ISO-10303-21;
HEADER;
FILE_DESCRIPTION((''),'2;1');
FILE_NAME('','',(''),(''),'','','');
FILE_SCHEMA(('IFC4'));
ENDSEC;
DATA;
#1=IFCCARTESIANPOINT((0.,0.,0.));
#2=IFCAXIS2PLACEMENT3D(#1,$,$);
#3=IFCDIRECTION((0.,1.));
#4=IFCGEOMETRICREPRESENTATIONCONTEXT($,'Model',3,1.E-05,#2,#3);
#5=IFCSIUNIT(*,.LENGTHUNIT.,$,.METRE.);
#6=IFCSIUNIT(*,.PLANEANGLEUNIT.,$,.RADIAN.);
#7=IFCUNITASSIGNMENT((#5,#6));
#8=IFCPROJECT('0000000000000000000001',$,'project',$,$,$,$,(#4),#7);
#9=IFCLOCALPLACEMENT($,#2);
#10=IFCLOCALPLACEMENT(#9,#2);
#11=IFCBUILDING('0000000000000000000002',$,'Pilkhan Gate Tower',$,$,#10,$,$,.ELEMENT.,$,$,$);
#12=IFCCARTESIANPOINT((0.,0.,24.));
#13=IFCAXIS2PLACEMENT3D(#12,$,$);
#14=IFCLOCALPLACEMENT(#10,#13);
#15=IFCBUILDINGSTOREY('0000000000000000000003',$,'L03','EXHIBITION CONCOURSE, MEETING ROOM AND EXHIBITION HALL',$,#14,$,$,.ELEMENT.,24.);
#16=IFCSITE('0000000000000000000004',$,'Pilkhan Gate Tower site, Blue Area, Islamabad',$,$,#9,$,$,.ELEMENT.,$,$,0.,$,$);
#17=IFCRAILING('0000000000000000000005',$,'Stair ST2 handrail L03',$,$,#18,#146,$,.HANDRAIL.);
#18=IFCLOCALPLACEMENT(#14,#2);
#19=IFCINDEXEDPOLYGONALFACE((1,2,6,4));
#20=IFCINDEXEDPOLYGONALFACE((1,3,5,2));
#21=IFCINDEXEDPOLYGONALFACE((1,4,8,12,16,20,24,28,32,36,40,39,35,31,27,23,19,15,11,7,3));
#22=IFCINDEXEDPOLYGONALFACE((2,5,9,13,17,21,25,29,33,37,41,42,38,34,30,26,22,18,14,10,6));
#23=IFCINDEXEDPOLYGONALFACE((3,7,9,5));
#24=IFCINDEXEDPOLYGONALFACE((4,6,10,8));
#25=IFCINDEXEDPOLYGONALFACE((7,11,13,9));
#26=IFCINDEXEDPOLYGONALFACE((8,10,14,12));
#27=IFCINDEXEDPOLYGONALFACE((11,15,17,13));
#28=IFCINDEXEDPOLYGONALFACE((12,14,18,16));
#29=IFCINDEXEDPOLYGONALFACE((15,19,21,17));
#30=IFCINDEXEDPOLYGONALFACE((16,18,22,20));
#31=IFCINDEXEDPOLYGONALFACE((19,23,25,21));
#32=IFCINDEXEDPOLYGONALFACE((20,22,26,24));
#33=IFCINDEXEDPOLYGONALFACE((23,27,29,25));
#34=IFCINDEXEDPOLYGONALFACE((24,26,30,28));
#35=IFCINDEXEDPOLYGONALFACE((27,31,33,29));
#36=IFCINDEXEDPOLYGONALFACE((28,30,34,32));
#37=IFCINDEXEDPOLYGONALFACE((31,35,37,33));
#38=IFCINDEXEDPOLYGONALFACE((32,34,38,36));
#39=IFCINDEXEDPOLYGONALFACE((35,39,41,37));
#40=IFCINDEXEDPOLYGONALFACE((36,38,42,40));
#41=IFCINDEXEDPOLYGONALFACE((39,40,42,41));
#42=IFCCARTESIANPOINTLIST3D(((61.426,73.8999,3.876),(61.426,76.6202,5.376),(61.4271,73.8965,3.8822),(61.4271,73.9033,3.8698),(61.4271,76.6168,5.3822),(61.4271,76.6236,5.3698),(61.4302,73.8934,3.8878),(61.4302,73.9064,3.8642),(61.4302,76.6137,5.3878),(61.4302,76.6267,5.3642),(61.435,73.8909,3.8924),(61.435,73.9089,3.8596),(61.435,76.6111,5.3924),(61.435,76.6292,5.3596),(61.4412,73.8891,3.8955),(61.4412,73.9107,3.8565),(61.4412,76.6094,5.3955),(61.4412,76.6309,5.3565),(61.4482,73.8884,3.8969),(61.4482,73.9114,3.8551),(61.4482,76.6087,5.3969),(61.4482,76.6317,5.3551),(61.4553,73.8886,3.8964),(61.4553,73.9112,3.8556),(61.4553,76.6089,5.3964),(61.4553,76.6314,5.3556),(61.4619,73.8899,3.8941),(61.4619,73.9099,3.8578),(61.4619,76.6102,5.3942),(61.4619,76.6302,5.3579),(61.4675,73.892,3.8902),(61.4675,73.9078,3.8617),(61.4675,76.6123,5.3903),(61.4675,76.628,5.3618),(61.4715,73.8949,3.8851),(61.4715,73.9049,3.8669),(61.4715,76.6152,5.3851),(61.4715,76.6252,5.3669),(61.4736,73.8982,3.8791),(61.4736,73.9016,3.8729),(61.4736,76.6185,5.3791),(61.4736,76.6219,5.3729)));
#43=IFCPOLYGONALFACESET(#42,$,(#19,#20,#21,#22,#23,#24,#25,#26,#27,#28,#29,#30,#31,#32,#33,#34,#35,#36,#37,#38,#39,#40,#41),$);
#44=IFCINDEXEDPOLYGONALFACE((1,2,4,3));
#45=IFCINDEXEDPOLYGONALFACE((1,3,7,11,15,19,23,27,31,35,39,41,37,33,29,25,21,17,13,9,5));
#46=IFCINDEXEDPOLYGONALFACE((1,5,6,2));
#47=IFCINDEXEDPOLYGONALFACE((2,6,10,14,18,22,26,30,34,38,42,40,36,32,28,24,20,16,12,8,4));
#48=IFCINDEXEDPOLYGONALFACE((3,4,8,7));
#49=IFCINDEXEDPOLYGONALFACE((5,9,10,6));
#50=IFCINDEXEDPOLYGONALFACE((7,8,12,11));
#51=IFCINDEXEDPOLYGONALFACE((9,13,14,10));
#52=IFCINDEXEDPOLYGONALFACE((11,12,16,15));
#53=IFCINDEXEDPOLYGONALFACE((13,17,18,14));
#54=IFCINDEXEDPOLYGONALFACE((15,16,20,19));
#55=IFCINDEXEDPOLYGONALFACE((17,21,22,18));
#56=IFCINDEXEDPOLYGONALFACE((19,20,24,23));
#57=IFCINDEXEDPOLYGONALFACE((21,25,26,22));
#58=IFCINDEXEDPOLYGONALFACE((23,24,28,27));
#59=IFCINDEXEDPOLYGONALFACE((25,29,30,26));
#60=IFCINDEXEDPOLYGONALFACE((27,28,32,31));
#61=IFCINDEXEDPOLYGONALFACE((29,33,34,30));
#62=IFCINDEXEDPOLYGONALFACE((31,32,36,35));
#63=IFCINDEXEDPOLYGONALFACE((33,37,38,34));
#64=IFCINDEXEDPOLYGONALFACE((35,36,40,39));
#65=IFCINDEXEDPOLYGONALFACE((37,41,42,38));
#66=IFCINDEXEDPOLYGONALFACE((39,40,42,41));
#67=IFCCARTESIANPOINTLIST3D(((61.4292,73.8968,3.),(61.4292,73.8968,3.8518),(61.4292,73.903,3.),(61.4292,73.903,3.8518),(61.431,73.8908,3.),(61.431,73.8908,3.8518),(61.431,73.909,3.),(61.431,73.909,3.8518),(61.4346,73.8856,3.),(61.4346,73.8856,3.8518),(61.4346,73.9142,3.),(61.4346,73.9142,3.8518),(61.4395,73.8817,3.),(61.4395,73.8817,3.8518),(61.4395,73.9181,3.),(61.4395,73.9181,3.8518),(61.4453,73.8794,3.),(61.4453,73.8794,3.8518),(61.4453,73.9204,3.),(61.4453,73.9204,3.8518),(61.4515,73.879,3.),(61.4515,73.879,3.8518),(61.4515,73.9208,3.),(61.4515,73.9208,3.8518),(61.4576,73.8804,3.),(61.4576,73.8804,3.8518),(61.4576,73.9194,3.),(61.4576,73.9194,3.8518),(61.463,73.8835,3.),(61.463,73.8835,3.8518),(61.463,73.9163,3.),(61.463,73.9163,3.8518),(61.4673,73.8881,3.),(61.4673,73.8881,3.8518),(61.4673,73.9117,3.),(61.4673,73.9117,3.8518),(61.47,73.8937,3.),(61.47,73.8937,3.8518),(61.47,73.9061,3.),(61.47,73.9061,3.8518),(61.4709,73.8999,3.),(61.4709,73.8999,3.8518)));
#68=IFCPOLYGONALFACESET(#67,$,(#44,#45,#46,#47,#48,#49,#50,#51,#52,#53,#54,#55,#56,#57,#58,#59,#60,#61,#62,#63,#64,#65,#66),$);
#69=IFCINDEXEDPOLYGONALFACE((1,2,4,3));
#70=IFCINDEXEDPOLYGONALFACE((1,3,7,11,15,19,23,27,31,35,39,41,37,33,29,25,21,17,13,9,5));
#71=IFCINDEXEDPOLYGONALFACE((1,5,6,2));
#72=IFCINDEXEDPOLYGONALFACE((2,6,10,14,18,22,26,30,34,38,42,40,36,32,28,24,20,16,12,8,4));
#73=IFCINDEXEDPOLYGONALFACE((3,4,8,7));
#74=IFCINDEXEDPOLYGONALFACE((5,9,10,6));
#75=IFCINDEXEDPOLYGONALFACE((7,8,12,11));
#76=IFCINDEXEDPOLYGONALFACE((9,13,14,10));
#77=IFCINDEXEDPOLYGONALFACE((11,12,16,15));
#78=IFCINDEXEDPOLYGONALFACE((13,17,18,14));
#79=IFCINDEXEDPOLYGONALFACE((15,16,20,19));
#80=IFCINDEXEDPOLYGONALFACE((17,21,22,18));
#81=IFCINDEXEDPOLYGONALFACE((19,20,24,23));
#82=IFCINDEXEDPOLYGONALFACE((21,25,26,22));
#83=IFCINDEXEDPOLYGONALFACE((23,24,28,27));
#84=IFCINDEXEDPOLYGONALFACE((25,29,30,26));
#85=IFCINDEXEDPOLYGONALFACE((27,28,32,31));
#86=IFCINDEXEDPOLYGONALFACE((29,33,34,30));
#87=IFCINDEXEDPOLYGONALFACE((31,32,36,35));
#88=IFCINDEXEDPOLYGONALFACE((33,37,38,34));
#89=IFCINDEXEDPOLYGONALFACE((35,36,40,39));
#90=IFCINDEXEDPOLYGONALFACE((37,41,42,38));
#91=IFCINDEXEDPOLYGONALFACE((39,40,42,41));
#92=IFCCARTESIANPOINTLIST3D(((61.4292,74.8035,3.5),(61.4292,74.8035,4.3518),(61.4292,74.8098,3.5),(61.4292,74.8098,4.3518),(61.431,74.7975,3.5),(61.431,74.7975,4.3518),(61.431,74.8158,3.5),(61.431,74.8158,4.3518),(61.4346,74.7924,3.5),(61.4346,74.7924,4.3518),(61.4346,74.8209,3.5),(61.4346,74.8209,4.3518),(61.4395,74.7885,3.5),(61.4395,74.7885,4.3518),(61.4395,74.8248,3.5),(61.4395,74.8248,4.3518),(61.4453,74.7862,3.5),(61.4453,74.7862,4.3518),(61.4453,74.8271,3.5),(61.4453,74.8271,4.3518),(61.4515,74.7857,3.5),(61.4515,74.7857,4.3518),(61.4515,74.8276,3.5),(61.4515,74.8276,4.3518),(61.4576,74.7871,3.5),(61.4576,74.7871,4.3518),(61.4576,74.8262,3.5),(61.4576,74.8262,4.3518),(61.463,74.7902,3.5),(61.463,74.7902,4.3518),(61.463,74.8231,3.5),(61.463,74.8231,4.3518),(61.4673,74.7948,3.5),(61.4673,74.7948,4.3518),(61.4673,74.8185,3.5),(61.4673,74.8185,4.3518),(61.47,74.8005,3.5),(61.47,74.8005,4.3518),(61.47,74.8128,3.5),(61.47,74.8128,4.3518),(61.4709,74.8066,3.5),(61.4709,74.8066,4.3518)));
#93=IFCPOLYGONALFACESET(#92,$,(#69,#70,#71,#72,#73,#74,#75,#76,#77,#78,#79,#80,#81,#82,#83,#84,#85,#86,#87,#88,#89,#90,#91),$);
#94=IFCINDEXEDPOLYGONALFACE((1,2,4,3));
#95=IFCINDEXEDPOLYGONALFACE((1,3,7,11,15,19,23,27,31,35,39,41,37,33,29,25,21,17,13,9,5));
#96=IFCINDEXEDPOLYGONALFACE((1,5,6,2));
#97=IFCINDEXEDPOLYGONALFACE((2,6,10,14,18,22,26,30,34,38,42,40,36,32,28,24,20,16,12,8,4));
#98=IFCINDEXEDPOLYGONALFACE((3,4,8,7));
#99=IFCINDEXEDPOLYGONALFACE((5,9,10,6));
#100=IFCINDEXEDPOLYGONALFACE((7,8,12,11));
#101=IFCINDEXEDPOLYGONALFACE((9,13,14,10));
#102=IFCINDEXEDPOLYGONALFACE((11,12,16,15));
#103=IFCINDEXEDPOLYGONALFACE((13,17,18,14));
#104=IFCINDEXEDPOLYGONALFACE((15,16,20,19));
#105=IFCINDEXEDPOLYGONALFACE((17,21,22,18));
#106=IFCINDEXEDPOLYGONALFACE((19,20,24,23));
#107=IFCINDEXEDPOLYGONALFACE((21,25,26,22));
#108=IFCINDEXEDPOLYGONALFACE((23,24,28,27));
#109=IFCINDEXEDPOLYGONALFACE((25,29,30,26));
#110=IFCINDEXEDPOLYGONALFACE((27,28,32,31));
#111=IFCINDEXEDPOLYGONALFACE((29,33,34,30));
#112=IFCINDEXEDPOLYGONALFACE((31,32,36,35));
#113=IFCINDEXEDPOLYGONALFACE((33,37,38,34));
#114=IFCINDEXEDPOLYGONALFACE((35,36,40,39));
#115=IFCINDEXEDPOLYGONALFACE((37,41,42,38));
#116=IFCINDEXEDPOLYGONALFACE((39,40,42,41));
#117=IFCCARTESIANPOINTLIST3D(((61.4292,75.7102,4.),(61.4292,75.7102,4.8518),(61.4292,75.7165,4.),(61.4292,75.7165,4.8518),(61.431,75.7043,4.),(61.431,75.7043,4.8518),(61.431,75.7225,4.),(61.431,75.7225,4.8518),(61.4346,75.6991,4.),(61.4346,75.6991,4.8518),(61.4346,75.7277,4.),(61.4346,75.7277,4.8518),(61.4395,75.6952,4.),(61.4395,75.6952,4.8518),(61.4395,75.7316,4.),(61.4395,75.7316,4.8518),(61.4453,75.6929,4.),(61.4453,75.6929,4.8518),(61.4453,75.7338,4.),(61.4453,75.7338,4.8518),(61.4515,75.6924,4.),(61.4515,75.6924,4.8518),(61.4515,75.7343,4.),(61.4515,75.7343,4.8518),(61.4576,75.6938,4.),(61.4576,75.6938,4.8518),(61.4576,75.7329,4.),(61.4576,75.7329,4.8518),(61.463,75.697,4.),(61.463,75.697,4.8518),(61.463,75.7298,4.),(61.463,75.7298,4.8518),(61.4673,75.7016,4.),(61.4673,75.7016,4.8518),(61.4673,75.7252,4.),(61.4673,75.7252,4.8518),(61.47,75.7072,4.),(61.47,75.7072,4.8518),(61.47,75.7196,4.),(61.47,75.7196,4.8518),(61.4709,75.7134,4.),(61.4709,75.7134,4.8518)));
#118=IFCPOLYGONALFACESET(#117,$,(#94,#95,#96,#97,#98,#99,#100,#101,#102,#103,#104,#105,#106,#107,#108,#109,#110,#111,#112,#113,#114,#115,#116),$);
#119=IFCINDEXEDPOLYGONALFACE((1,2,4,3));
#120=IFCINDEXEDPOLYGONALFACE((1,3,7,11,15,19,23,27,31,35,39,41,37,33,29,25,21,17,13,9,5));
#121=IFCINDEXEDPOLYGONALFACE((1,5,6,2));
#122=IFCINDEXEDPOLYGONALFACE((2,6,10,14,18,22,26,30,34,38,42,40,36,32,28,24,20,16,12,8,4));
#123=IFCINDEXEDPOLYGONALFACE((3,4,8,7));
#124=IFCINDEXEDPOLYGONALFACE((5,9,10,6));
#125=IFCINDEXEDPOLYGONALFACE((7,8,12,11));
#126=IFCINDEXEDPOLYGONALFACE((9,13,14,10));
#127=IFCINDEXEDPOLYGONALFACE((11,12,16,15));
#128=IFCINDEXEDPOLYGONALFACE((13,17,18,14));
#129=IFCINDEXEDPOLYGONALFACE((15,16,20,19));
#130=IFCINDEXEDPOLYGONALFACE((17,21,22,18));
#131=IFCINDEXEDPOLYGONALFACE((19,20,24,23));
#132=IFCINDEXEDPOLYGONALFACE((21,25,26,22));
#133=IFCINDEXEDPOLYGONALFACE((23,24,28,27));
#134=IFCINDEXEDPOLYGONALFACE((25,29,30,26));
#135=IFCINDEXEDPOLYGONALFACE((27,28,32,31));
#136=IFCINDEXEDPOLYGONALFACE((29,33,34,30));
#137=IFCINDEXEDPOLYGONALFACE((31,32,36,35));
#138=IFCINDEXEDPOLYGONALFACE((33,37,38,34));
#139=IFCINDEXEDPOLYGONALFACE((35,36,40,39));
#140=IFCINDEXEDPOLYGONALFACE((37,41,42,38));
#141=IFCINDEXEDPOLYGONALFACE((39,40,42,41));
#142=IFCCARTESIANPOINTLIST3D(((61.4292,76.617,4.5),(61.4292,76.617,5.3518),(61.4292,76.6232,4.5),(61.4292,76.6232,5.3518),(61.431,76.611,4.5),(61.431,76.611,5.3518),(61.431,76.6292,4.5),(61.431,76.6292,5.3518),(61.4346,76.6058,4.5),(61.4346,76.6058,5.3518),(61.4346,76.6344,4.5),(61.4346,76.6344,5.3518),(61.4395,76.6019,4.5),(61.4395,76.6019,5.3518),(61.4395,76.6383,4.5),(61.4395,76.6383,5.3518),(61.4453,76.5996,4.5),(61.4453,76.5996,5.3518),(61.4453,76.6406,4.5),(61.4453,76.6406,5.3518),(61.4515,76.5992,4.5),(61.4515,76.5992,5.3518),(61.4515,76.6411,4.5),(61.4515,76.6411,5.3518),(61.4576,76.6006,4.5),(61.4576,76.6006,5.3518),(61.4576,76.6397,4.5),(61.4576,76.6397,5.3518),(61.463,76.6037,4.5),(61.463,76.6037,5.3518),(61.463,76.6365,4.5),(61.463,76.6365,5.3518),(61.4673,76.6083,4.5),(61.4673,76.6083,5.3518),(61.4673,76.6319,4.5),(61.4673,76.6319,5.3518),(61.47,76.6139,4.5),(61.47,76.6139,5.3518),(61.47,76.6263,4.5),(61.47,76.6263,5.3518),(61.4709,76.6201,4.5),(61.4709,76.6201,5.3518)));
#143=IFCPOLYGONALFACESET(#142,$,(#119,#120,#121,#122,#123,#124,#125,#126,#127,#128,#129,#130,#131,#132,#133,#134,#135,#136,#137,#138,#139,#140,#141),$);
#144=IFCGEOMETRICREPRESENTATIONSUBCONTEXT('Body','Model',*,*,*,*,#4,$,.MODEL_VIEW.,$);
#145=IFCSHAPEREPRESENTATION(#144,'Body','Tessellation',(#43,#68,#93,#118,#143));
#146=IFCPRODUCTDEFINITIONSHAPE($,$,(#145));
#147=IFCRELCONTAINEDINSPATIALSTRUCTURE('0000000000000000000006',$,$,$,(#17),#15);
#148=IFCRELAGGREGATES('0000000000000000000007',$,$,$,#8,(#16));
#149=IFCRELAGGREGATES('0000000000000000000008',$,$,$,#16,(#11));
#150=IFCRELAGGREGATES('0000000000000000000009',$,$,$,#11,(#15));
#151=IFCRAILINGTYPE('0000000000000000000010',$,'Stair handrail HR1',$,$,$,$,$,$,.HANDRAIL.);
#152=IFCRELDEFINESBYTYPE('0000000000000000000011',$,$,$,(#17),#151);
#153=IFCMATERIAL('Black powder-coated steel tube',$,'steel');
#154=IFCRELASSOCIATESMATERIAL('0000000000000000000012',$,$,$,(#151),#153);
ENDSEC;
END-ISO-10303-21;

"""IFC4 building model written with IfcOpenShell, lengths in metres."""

from ifc_helpers import new_model, si_unit, direction, frame, origin, origin_2d, place, context, subcontext, project, spatial, circle, extrude, material, type_object, element, save


model = new_model("IFC4")

# Units and contexts
model_context = context("Model", 3, precision=1e-05, world=origin(), true_north=direction((0.0, 1.0)))
body_context = subcontext(model_context, "Body", "Model", "MODEL_VIEW")
ifc_project = project(units=[si_unit("LENGTHUNIT", "METRE"), si_unit("PLANEANGLEUNIT", "RADIAN")], contexts=[model_context])

# Site, building, storey
site_placement = place(None, origin())
site = spatial("IfcSite", under=ifc_project, at=site_placement, Name="Pilkhan Gate Tower site, Blue Area, Islamabad", CompositionType="ELEMENT", RefElevation=0.0)
building_placement = place(site_placement, origin())
building = spatial("IfcBuilding", under=site, at=building_placement, Name="Pilkhan Gate Tower", CompositionType="ELEMENT")
storey_placement = place(building_placement, frame((0.0, 0.0, 24.0)))
storey = spatial("IfcBuildingStorey", under=building, at=storey_placement, Name="L03", Description="EXHIBITION CONCOURSE, MEETING ROOM AND EXHIBITION HALL", CompositionType="ELEMENT", Elevation=24.0)

# Railing
ifc_material_1 = material(Name="Black powder-coated steel tube", Category="steel")
railing_type_1 = type_object("IfcRailingType", Name="Stair handrail HR1", PredefinedType="HANDRAIL", material=ifc_material_1)
for number, where, name in (
    (1, (61.45, 73.8999, 3.0), "Stair ST2 handrail L03"),
):
    element("IfcRailing", number, at=place(storey_placement, frame(where)), inside=storey, type_object=railing_type_1, Name=name, PredefinedType="HANDRAIL", context=body_context, shape_type="SweptSolid", body=[
        extrude(circle(Radius=0.0239, at=origin_2d()), frame((0.0, 0.0, 0.876), z_axis=(0.0, 0.875688, 0.482878), x_axis=(-1.0, 0.0, 0.0)), (0.0, 0.0, 1.0), 3.1064),
        extrude(circle(Radius=0.021, at=origin_2d()), origin(), (0.0, 0.0, 1.0), 0.8518),
        extrude(circle(Radius=0.021, at=origin_2d()), frame((0.0, 0.9067, 0.5)), (0.0, 0.0, 1.0), 0.8518),
        extrude(circle(Radius=0.021, at=origin_2d()), frame((0.0, 1.8135, 1.0)), (0.0, 0.0, 1.0), 0.8518),
        extrude(circle(Radius=0.021, at=origin_2d()), frame((0.0, 2.7202, 1.5)), (0.0, 0.0, 1.0), 0.8518),
    ])

save(model, "model.ifc")
